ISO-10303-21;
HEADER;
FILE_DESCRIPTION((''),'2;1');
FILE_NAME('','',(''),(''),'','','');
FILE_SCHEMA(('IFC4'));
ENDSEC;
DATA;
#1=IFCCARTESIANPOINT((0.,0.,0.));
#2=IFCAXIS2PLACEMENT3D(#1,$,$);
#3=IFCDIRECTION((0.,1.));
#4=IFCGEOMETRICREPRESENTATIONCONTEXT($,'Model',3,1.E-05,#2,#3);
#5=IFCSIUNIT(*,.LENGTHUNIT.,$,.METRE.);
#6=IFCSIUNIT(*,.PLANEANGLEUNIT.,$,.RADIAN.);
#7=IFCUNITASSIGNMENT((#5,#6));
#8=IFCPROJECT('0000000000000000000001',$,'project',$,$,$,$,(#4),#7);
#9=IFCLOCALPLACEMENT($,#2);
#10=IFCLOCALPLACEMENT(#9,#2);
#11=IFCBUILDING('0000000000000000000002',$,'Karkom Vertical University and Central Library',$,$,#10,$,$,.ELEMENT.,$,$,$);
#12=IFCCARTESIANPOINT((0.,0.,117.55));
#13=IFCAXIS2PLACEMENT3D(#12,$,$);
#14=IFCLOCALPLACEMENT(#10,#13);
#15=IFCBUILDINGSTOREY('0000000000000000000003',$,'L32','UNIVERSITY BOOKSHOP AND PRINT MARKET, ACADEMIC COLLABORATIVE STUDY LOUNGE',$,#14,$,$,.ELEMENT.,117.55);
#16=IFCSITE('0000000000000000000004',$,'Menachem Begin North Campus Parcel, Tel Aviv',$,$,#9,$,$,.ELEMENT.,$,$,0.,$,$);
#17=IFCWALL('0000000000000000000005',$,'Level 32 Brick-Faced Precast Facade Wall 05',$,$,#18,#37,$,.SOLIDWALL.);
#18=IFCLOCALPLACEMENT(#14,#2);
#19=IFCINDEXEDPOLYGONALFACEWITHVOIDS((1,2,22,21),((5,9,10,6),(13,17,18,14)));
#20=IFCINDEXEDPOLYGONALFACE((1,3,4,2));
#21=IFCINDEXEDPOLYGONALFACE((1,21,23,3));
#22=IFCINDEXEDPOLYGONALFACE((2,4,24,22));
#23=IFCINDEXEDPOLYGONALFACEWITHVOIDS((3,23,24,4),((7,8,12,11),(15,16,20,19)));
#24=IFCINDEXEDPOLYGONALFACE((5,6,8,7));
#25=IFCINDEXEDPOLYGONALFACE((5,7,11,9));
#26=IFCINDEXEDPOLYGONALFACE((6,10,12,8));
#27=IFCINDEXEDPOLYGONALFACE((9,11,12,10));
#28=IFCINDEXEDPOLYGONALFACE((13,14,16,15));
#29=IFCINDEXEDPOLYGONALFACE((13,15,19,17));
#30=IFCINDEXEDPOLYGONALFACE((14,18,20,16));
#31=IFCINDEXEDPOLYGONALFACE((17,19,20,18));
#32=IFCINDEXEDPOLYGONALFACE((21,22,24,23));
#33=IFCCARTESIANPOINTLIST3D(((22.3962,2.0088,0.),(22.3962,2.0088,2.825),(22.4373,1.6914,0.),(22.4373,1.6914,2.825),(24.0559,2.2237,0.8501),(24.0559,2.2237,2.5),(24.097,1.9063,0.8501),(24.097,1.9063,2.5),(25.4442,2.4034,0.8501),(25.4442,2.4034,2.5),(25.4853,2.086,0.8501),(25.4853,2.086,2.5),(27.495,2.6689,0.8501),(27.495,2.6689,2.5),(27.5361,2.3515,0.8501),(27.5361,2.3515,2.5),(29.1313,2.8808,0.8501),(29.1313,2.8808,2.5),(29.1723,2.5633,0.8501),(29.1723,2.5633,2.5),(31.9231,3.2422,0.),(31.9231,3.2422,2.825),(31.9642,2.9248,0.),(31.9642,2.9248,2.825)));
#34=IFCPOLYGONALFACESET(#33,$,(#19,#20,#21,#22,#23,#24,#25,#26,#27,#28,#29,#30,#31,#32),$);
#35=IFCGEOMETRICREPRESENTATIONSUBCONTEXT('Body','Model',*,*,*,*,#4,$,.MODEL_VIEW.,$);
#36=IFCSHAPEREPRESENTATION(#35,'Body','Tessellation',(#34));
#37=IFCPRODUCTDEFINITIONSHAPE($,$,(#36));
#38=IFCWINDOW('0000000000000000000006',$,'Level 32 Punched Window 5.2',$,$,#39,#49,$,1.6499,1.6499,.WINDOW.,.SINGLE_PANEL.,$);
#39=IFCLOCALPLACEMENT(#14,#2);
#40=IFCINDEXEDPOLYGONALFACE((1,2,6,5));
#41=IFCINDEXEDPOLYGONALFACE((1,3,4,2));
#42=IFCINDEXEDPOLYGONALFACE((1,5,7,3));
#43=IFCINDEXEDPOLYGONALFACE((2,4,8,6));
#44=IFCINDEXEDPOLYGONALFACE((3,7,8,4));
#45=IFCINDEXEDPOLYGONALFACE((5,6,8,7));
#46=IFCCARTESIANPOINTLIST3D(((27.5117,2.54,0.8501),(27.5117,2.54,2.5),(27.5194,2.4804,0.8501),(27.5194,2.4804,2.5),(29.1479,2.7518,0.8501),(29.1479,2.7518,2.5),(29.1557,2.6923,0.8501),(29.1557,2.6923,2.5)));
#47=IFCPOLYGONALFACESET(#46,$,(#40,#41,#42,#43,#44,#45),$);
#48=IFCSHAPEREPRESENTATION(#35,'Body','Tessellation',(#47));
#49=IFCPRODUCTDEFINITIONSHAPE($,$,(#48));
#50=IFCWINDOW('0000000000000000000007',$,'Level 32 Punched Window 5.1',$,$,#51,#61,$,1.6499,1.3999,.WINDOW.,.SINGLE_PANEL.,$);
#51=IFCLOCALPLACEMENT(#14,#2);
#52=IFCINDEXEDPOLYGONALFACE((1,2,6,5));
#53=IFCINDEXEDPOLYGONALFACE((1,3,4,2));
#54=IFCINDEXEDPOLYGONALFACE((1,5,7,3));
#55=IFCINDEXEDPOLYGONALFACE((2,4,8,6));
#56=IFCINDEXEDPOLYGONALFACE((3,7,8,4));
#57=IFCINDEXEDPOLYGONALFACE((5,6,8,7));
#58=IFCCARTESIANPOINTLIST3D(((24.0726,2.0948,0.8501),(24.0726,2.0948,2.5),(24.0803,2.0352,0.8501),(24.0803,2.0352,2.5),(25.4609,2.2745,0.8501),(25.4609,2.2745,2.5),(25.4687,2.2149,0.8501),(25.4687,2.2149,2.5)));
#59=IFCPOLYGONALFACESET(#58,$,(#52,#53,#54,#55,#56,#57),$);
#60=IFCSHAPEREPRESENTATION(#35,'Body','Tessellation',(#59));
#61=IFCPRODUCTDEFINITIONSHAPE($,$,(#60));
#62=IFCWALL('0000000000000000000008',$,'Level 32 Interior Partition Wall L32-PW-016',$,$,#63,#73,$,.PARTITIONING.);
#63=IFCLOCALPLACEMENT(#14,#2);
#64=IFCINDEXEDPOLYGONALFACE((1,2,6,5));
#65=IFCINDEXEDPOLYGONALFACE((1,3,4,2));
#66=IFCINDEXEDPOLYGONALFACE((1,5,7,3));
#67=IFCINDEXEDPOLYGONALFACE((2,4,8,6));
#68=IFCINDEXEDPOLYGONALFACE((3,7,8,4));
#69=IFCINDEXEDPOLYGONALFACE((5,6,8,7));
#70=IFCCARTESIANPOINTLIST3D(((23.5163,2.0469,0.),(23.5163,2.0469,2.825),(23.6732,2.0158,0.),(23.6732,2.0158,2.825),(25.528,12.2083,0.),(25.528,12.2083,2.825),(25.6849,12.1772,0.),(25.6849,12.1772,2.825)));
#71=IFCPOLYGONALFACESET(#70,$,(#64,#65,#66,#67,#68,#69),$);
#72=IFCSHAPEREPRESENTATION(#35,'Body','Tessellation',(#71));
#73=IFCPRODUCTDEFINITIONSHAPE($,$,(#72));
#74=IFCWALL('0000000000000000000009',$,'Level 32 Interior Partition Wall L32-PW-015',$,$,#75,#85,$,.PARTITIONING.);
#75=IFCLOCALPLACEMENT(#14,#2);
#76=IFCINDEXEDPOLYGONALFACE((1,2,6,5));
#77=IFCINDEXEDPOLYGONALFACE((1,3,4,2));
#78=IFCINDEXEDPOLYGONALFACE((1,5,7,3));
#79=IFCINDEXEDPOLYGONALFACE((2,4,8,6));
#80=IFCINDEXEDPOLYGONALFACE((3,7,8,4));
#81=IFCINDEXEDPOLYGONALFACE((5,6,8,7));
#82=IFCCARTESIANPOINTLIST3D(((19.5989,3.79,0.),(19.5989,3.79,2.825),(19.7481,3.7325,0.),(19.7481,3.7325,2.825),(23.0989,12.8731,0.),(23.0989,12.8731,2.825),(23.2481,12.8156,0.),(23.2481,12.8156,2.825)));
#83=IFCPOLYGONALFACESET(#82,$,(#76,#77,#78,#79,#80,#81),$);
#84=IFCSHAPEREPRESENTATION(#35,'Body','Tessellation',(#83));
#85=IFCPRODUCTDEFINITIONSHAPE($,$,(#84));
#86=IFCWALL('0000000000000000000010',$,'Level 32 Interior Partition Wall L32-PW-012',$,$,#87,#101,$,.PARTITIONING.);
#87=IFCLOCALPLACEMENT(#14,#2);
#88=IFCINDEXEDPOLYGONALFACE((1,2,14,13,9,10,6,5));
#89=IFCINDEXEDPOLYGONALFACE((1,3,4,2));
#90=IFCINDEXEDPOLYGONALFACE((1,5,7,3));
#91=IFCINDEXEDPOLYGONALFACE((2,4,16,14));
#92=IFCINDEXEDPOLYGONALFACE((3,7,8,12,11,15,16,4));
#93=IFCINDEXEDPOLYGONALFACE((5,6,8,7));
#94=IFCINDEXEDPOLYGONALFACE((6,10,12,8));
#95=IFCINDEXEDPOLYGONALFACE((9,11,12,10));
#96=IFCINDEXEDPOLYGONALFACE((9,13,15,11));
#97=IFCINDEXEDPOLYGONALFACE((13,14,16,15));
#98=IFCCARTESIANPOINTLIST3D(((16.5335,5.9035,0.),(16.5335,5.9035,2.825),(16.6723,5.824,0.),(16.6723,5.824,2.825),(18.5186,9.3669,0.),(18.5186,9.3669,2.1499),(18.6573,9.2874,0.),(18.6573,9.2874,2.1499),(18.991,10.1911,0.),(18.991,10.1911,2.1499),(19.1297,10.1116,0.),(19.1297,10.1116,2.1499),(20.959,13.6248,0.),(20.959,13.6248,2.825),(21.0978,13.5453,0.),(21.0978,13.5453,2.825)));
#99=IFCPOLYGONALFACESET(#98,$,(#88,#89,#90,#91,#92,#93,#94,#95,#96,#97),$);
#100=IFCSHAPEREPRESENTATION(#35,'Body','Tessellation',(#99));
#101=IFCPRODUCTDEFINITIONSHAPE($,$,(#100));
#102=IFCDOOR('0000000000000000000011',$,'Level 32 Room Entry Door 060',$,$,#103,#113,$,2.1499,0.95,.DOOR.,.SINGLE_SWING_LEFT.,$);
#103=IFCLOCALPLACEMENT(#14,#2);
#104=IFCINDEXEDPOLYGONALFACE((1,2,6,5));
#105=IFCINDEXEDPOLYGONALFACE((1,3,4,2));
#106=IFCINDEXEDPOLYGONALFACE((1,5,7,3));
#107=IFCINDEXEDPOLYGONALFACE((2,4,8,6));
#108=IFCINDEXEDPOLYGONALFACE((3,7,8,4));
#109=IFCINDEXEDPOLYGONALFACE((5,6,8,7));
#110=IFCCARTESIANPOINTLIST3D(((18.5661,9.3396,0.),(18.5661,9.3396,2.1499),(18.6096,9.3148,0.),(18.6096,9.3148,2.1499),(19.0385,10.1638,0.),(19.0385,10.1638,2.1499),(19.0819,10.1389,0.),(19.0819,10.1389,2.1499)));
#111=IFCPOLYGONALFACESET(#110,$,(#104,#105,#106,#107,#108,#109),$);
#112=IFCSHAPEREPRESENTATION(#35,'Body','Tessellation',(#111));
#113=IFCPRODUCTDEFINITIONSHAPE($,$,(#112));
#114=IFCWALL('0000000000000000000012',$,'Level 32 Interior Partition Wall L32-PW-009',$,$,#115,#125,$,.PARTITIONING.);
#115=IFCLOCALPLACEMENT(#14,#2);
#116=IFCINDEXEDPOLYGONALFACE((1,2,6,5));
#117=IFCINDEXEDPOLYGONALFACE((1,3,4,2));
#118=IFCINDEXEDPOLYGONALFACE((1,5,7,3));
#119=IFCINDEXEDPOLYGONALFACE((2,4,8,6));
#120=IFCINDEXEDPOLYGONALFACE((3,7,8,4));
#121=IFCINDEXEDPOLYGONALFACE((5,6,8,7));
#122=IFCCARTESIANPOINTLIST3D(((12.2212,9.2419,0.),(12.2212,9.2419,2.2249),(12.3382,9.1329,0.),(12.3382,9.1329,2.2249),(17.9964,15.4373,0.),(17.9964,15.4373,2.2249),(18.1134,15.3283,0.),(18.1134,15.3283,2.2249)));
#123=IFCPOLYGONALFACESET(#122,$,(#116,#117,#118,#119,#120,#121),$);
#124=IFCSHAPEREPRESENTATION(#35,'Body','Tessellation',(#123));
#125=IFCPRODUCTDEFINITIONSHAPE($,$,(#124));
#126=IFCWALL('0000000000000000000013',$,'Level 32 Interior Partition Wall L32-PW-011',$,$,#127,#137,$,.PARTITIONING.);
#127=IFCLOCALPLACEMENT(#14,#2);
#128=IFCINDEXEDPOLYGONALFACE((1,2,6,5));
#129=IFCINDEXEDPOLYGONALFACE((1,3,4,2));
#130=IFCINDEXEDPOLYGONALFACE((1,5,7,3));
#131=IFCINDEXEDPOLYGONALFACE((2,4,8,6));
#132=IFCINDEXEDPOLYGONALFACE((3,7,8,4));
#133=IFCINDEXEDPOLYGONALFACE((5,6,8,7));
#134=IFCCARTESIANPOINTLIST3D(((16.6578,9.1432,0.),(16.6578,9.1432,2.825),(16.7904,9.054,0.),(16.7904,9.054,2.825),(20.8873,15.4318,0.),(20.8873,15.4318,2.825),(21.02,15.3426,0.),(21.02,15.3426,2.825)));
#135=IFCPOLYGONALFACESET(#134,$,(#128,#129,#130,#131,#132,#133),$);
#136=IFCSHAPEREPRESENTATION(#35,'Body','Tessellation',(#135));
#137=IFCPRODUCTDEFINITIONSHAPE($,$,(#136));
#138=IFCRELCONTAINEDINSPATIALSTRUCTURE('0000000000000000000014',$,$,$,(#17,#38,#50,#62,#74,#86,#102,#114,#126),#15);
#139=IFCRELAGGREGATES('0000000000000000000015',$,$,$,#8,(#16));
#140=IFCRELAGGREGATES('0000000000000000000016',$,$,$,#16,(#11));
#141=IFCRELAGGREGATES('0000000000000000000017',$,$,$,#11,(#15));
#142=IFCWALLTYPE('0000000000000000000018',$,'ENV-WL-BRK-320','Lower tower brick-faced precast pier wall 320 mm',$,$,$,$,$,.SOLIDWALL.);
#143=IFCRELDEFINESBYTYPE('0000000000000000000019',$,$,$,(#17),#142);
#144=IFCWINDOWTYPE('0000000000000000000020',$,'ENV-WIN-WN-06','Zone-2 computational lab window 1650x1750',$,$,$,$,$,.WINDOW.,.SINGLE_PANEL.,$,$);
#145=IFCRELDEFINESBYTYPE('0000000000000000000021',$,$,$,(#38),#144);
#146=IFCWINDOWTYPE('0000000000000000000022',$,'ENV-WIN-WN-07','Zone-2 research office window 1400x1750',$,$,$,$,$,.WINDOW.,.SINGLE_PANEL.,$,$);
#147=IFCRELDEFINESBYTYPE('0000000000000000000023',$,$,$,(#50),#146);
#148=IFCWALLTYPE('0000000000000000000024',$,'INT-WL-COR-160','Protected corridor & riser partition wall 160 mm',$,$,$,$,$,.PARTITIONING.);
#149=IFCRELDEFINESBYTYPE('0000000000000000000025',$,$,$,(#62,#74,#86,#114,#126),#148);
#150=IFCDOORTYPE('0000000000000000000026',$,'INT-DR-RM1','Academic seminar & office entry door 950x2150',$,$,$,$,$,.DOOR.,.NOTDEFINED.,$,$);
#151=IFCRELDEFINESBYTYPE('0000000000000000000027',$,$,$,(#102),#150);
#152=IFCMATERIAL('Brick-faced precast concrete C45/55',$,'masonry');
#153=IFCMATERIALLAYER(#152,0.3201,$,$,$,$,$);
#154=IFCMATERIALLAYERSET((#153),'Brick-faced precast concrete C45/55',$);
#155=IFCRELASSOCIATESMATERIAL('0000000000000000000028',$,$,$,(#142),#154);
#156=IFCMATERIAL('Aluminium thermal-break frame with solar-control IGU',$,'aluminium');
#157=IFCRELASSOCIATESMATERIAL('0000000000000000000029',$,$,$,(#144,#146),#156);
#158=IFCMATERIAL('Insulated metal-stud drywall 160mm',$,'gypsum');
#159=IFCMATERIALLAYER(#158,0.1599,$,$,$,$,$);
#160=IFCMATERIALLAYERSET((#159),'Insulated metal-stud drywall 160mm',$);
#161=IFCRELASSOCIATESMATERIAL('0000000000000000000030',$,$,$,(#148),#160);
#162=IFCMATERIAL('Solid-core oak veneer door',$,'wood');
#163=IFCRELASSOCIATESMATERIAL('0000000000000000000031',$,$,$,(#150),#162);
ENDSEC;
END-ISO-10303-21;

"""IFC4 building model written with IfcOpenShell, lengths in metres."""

from ifc_helpers import new_model, si_unit, direction, frame, frame_2d, origin, origin_with_axes, place, context, subcontext, project, spatial, rectangle, extrude, source, transform, mapped, material, layer, layer_set, type_object, element, fill, save


model = new_model("IFC4")

# Units and contexts
model_context = context("Model", 3, precision=1e-05, world=origin(), true_north=direction((0.0, 1.0)))
body_context = subcontext(model_context, "Body", "Model", "MODEL_VIEW")
ifc_project = project(units=[si_unit("LENGTHUNIT", "METRE"), si_unit("PLANEANGLEUNIT", "RADIAN")], contexts=[model_context])

# Site, building, storey
site_placement = place(None, origin())
site = spatial("IfcSite", under=ifc_project, at=site_placement, Name="Menachem Begin North Campus Parcel, Tel Aviv", CompositionType="ELEMENT", RefElevation=0.0)
building_placement = place(site_placement, origin())
building = spatial("IfcBuilding", under=site, at=building_placement, Name="Karkom Vertical University and Central Library", CompositionType="ELEMENT")
storey_placement = place(building_placement, frame((0.0, 0.0, 117.55)))
storey = spatial("IfcBuildingStorey", under=building, at=storey_placement, Name="L32", Description="UNIVERSITY BOOKSHOP AND PRINT MARKET, ACADEMIC COLLABORATIVE STUDY LOUNGE", CompositionType="ELEMENT", Elevation=117.55)

# Wall, openings, windows
ifc_material_1 = material(Name="Brick-faced precast concrete C45/55", Category="masonry")
ifc_layer_1 = layer(ifc_material_1, 0.3201)
ifc_layer_set_1 = layer_set([ifc_layer_1], Name="Brick-faced precast concrete C45/55")
wall_type_1 = type_object("IfcWallType", Name="ENV-WL-BRK-320", Description="Lower tower brick-faced precast pier wall 320 mm", PredefinedType="SOLIDWALL", material=ifc_layer_set_1)
wall_1_placement = place(storey_placement, frame((22.4167, 1.8501, 0.0), z_axis=(0.0, 0.0, 1.0), x_axis=(0.991723, 0.128394, 0.0)))
wall_1 = element("IfcWall", 1, at=wall_1_placement, inside=storey, type_object=wall_type_1, Name="Level 32 Brick-Faced Precast Facade Wall 05", PredefinedType="SOLIDWALL", context=body_context, shape_type="SweptSolid", body=[
    extrude(rectangle(XDim=9.6064, YDim=0.3201, at=frame_2d((4.8032, 0.0))), origin(), (0.0, 0.0, 1.0), 2.825),
])
opening_1_placement = place(wall_1_placement, frame((1.6736, 0.0, 0.8501)))
opening_1 = element("IfcOpeningElement", 2, at=opening_1_placement, cuts=wall_1, PredefinedType="OPENING", context=body_context, shape_type="SweptSolid", body=[
    extrude(rectangle(XDim=1.3999, YDim=1.6499, at=frame_2d((0.7, 0.825))), frame((0.0, 0.1699, 0.0), z_axis=(0.0, -1.0, 0.0), x_axis=(1.0, 0.0, 0.0)), (0.0, 0.0, 1.0), 0.3401),
])
opening_2_placement = place(wall_1_placement, frame((5.1414, 0.0, 0.8501)))
opening_2 = element("IfcOpeningElement", 3, at=opening_2_placement, cuts=wall_1, PredefinedType="OPENING", context=body_context, shape_type="SweptSolid", body=[
    extrude(rectangle(XDim=1.6499, YDim=1.6499, at=frame_2d((0.825, 0.825))), frame((0.0, 0.1699, 0.0), z_axis=(0.0, -1.0, 0.0), x_axis=(1.0, 0.0, 0.0)), (0.0, 0.0, 1.0), 0.3401),
])
ifc_material_2 = material(Name="Aluminium thermal-break frame with solar-control IGU", Category="aluminium")
window_type_1 = type_object("IfcWindowType", Name="ENV-WIN-WN-06", Description="Zone-2 computational lab window 1650x1750", PartitioningType="SINGLE_PANEL", PredefinedType="WINDOW", material=ifc_material_2)
shared_shape_1 = source(origin_with_axes(), body_context, "Body", "SweptSolid", [
    extrude(rectangle(XDim=1.6499, YDim=1.6499, at=frame_2d((0.825, 0.825))), frame((0.0, 0.03, 0.0), z_axis=(0.0, -1.0, 0.0), x_axis=(1.0, 0.0, 0.0)), (0.0, 0.0, 1.0), 0.0601),
])
window_1_placement = place(opening_2_placement, origin())
window_1 = element("IfcWindow", 4, at=window_1_placement, inside=storey, type_object=window_type_1, Name="Level 32 Punched Window 5.2", OverallHeight=1.6499, OverallWidth=1.6499, PartitioningType="SINGLE_PANEL", PredefinedType="WINDOW", context=body_context, shape_type="MappedRepresentation", body=[
    mapped(shared_shape_1, transform((0.0, 0.0, 0.0), scale=1.0)),
])
fill(opening_2, window_1)
window_type_2 = type_object("IfcWindowType", Name="ENV-WIN-WN-07", Description="Zone-2 research office window 1400x1750", PartitioningType="SINGLE_PANEL", PredefinedType="WINDOW", material=ifc_material_2)
shared_shape_2 = source(origin_with_axes(), body_context, "Body", "SweptSolid", [
    extrude(rectangle(XDim=1.3999, YDim=1.6499, at=frame_2d((0.7, 0.825))), frame((0.0, 0.03, 0.0), z_axis=(0.0, -1.0, 0.0), x_axis=(1.0, 0.0, 0.0)), (0.0, 0.0, 1.0), 0.0601),
])
window_2_placement = place(opening_1_placement, origin())
window_2 = element("IfcWindow", 5, at=window_2_placement, inside=storey, type_object=window_type_2, Name="Level 32 Punched Window 5.1", OverallHeight=1.6499, OverallWidth=1.3999, PartitioningType="SINGLE_PANEL", PredefinedType="WINDOW", context=body_context, shape_type="MappedRepresentation", body=[
    mapped(shared_shape_2, transform((0.0, 0.0, 0.0), scale=1.0)),
])
fill(opening_1, window_2)

# Walls
ifc_material_3 = material(Name="Insulated metal-stud drywall 160mm", Category="gypsum")
ifc_layer_2 = layer(ifc_material_3, 0.1599)
ifc_layer_set_2 = layer_set([ifc_layer_2], Name="Insulated metal-stud drywall 160mm")
wall_type_2 = type_object("IfcWallType", Name="INT-WL-COR-160", Description="Protected corridor & riser partition wall 160 mm", PredefinedType="PARTITIONING", material=ifc_layer_set_2)
wall_2_placement = place(storey_placement, frame((25.6064, 12.1926, 0.0), z_axis=(0.0, 0.0, 1.0), x_axis=(-0.194208, -0.98096, 0.0)))
element("IfcWall", 6, at=wall_2_placement, inside=storey, type_object=wall_type_2, Name="Level 32 Interior Partition Wall L32-PW-016", PredefinedType="PARTITIONING", context=body_context, shape_type="SweptSolid", body=[
    extrude(rectangle(XDim=10.3586, YDim=0.1599, at=frame_2d((5.1792, 0.0))), origin(), (0.0, 0.0, 1.0), 2.825),
])
wall_3_placement = place(storey_placement, frame((23.1736, 12.8445, 0.0), z_axis=(0.0, 0.0, 1.0), x_axis=(-0.359564, -0.93312, 0.0)))
element("IfcWall", 7, at=wall_3_placement, inside=storey, type_object=wall_type_2, Name="Level 32 Interior Partition Wall L32-PW-015", PredefinedType="PARTITIONING", context=body_context, shape_type="SweptSolid", body=[
    extrude(rectangle(XDim=9.7341, YDim=0.1599, at=frame_2d((4.8672, 0.0))), origin(), (0.0, 0.0, 1.0), 2.825),
])

# Wall, opening, door
wall_4_placement = place(storey_placement, frame((21.0283, 13.585, 0.0), z_axis=(0.0, 0.0, 1.0), x_axis=(-0.497264, -0.867599, 0.0)))
wall_4 = element("IfcWall", 8, at=wall_4_placement, inside=storey, type_object=wall_type_2, Name="Level 32 Interior Partition Wall L32-PW-012", PredefinedType="PARTITIONING", context=body_context, shape_type="SweptSolid", body=[
    extrude(rectangle(XDim=8.8997, YDim=0.1599, at=frame_2d((4.4497, 0.0))), origin(), (0.0, 0.0, 1.0), 2.825),
])
opening_3_placement = place(wall_4_placement, frame((3.9575, 0.0, 0.0)))
opening_3 = element("IfcOpeningElement", 9, at=opening_3_placement, cuts=wall_4, PredefinedType="OPENING", context=body_context, shape_type="SweptSolid", body=[
    extrude(rectangle(XDim=0.95, YDim=2.1499, at=frame_2d((0.4751, 1.075))), frame((0.0, 0.0898, 0.0), z_axis=(0.0, -1.0, 0.0), x_axis=(1.0, 0.0, 0.0)), (0.0, 0.0, 1.0), 0.1799),
])
ifc_material_4 = material(Name="Solid-core oak veneer door", Category="wood")
door_type_1 = type_object("IfcDoorType", Name="INT-DR-RM1", Description="Academic seminar & office entry door 950x2150", OperationType="NOTDEFINED", PredefinedType="DOOR", material=ifc_material_4)
shared_shape_3 = source(origin_with_axes(), body_context, "Body", "SweptSolid", [
    extrude(rectangle(XDim=0.95, YDim=2.1499, at=frame_2d((0.4751, 1.075))), frame((0.0, 0.0249, 0.0), z_axis=(0.0, -1.0, 0.0), x_axis=(1.0, 0.0, 0.0)), (0.0, 0.0, 1.0), 0.05),
])
door_1_placement = place(opening_3_placement, origin())
door_1 = element("IfcDoor", 10, at=door_1_placement, inside=storey, type_object=door_type_1, Name="Level 32 Room Entry Door 060", OperationType="SINGLE_SWING_LEFT", OverallHeight=2.1499, OverallWidth=0.95, PredefinedType="DOOR", context=body_context, shape_type="MappedRepresentation", body=[
    mapped(shared_shape_3, transform((0.0, 0.0, 0.0), scale=1.0)),
])
fill(opening_3, door_1)

# Walls
wall_5_placement = place(storey_placement, frame((18.0549, 15.3828, 0.0), z_axis=(0.0, 0.0, 1.0), x_axis=(-0.681867, -0.731476, 0.0)))
element("IfcWall", 11, at=wall_5_placement, inside=storey, type_object=wall_type_2, Name="Level 32 Interior Partition Wall L32-PW-009", PredefinedType="PARTITIONING", context=body_context, shape_type="SweptSolid", body=[
    extrude(rectangle(XDim=8.4697, YDim=0.1599, at=frame_2d((4.2349, 0.0))), origin(), (0.0, 0.0, 1.0), 2.2249),
])
wall_6_placement = place(storey_placement, frame((20.9536, 15.3872, 0.0), z_axis=(0.0, 0.0, 1.0), x_axis=(-0.558086, -0.829783, 0.0)))
element("IfcWall", 12, at=wall_6_placement, inside=storey, type_object=wall_type_2, Name="Level 32 Interior Partition Wall L32-PW-011", PredefinedType="PARTITIONING", context=body_context, shape_type="SweptSolid", body=[
    extrude(rectangle(XDim=7.5786, YDim=0.1599, at=frame_2d((3.7893, 0.0))), origin(), (0.0, 0.0, 1.0), 2.825),
])

save(model, "model.ifc")
